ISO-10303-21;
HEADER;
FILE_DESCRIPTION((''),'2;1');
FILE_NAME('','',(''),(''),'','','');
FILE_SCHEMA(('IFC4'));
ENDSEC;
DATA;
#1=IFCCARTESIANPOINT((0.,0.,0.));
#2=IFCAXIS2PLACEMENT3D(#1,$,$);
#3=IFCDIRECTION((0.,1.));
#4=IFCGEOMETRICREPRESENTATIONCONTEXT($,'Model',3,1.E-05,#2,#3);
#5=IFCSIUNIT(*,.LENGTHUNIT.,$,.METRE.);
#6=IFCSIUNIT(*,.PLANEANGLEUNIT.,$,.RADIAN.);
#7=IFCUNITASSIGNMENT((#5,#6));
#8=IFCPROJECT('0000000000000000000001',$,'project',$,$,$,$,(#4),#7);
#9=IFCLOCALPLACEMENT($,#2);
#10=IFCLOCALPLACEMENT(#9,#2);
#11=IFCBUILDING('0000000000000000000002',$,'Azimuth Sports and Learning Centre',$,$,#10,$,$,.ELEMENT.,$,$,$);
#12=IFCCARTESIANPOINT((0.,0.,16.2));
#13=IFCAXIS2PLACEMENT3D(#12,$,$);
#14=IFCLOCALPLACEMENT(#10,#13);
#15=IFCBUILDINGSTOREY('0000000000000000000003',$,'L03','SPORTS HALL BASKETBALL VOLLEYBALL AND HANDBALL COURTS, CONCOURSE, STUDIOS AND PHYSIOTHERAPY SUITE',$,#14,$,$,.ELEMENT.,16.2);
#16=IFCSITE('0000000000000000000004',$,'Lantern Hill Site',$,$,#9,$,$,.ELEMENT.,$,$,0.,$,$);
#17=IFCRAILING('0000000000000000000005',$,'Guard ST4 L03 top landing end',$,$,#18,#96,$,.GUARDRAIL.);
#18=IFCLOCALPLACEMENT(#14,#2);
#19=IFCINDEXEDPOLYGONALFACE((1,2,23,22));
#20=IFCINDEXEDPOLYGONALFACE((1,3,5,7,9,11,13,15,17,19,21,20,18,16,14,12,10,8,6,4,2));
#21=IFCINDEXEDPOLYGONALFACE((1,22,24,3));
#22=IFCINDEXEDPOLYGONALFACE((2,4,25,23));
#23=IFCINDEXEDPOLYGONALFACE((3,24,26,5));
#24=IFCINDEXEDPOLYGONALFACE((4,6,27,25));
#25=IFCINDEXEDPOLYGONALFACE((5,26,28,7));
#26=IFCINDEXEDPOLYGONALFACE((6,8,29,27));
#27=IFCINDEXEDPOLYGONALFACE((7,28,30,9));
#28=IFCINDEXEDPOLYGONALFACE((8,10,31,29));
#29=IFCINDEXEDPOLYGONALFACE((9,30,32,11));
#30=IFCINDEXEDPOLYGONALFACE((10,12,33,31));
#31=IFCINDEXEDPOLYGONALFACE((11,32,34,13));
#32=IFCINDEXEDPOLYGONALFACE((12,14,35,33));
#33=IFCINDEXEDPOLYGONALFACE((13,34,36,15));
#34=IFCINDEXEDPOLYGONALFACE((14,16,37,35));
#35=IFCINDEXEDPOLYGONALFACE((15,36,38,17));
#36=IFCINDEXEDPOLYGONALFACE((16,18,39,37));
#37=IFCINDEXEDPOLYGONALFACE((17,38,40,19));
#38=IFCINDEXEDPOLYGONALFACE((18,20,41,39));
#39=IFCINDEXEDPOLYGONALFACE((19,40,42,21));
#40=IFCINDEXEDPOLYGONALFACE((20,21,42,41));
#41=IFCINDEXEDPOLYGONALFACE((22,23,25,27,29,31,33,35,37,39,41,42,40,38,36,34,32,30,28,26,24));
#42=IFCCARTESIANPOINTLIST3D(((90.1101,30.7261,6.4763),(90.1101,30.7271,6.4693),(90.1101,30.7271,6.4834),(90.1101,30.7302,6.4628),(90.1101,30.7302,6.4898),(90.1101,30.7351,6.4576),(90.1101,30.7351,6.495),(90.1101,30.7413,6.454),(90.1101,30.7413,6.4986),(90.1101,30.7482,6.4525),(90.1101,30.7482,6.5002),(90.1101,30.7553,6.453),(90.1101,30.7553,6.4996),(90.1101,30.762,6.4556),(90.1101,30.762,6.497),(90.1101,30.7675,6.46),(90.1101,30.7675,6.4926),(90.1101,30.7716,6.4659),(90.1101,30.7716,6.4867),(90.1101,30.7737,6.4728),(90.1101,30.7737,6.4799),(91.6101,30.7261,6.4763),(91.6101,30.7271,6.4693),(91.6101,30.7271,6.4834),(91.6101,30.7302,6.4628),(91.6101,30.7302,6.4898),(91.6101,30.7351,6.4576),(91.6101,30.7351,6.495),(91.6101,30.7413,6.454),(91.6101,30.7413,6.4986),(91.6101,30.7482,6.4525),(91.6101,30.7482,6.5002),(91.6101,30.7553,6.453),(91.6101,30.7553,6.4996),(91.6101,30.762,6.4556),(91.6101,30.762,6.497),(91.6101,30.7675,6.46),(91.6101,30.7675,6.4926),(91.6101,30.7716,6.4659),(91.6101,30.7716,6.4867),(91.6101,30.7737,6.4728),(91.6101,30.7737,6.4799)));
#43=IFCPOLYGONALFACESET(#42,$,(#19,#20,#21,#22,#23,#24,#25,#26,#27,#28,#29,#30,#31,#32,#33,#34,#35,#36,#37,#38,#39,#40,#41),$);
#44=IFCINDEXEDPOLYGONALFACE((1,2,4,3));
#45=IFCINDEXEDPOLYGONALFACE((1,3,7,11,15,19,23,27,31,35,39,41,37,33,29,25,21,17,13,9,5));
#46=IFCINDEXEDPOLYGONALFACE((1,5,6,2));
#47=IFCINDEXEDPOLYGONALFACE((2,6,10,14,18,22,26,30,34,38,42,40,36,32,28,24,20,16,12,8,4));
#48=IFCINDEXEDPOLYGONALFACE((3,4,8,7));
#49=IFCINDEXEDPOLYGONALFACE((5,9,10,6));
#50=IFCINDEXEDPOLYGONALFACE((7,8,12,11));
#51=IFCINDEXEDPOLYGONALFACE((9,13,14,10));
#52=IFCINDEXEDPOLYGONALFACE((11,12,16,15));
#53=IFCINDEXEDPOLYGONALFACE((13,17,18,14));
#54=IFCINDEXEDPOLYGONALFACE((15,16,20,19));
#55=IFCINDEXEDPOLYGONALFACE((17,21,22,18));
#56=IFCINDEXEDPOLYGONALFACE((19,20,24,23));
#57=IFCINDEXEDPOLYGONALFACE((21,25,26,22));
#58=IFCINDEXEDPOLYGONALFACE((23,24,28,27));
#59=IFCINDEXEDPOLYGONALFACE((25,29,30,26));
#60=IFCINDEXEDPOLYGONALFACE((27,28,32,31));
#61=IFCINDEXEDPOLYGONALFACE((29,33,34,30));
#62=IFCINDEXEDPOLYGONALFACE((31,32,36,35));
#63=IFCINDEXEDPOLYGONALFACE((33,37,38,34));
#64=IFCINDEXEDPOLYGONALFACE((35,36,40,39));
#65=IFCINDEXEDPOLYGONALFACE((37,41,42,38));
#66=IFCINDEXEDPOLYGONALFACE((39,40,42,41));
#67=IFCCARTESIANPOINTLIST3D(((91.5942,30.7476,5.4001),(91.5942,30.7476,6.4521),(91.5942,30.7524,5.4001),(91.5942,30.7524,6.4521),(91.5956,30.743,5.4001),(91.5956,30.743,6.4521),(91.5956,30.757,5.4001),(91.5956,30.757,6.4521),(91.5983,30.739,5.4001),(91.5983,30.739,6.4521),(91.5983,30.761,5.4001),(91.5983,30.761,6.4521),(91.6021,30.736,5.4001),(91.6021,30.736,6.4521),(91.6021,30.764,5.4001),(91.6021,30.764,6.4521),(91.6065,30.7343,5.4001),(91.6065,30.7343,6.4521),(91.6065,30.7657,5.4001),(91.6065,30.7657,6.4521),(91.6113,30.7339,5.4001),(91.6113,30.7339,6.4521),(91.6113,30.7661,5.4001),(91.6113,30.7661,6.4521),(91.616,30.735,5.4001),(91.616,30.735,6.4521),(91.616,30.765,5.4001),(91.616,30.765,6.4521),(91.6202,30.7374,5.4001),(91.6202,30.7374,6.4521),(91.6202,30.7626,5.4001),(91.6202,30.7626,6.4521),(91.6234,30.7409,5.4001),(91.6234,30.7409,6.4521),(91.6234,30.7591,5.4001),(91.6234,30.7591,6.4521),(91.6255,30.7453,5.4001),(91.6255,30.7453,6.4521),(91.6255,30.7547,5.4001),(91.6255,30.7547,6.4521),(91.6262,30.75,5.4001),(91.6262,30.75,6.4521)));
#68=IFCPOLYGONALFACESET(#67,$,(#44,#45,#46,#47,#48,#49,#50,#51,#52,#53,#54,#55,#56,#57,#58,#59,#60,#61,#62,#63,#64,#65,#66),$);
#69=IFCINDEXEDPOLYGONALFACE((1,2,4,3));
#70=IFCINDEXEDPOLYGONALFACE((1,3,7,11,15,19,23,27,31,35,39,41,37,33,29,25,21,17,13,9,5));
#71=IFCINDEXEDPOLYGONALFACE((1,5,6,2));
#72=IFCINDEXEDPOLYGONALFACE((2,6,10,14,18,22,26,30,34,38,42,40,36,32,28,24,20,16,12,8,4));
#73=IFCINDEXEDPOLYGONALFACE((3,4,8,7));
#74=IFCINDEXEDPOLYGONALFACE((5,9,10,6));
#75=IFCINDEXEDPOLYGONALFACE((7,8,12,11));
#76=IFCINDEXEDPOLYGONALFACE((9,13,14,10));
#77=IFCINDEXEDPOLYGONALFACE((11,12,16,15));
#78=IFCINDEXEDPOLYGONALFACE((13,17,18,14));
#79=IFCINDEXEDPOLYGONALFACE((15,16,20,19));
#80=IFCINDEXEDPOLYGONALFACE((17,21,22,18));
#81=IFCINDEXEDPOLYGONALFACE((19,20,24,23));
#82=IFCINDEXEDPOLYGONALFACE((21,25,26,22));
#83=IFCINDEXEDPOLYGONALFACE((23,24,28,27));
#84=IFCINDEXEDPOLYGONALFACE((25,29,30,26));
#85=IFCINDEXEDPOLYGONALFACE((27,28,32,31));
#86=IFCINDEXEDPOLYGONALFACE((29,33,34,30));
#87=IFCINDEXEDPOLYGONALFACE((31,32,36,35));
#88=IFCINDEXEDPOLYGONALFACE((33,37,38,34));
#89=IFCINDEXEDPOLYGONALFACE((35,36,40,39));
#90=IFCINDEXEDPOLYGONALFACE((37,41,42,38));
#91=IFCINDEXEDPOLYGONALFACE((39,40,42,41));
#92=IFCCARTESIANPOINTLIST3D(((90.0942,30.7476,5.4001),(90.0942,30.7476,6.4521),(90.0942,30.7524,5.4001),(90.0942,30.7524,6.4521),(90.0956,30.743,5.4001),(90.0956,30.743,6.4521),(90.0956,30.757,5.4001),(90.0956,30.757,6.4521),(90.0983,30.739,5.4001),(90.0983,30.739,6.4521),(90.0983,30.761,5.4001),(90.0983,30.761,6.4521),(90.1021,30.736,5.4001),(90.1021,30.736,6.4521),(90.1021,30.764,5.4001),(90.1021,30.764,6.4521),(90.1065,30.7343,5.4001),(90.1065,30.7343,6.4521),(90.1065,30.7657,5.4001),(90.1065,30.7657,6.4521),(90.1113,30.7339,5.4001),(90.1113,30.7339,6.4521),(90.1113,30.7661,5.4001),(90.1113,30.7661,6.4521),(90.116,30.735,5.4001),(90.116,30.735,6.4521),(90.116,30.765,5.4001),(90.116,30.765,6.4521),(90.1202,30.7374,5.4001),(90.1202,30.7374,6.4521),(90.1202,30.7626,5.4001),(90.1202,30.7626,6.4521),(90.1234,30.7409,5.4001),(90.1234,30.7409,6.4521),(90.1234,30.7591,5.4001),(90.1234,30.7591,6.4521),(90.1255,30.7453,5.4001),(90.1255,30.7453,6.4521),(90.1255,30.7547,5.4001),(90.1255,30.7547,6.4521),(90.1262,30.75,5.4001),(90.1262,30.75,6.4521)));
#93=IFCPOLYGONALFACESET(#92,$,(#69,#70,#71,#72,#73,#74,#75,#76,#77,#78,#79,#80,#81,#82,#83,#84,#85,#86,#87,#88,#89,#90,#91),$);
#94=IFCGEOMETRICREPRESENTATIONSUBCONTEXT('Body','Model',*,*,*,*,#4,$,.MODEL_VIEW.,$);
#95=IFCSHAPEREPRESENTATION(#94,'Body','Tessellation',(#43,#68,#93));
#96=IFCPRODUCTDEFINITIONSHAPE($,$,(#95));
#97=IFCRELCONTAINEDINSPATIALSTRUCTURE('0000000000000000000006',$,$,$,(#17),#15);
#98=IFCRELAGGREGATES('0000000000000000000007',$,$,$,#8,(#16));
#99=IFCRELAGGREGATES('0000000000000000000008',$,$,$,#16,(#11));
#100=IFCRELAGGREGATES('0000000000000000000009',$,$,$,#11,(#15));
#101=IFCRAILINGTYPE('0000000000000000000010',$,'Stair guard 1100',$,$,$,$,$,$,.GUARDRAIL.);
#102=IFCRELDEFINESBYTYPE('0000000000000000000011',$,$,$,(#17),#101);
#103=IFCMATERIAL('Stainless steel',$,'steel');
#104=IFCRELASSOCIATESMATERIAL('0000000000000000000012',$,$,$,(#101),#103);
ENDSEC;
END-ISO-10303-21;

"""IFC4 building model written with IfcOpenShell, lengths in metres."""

from ifc_helpers import new_model, si_unit, direction, frame, origin, origin_2d, place, context, subcontext, project, spatial, circle, extrude, material, type_object, element, save


model = new_model("IFC4")

# Units and contexts
model_context = context("Model", 3, precision=1e-05, world=origin(), true_north=direction((0.0, 1.0)))
body_context = subcontext(model_context, "Body", "Model", "MODEL_VIEW")
ifc_project = project(units=[si_unit("LENGTHUNIT", "METRE"), si_unit("PLANEANGLEUNIT", "RADIAN")], contexts=[model_context])

# Site, building, storey
site_placement = place(None, origin())
site = spatial("IfcSite", under=ifc_project, at=site_placement, Name="Lantern Hill Site", CompositionType="ELEMENT", RefElevation=0.0)
building_placement = place(site_placement, origin())
building = spatial("IfcBuilding", under=site, at=building_placement, Name="Azimuth Sports and Learning Centre", CompositionType="ELEMENT")
storey_placement = place(building_placement, frame((0.0, 0.0, 16.2)))
storey = spatial("IfcBuildingStorey", under=building, at=storey_placement, Name="L03", Description="SPORTS HALL BASKETBALL VOLLEYBALL AND HANDBALL COURTS, CONCOURSE, STUDIOS AND PHYSIOTHERAPY SUITE", CompositionType="ELEMENT", Elevation=16.2)

# Railing
ifc_material_1 = material(Name="Stainless steel", Category="steel")
railing_type_1 = type_object("IfcRailingType", Name="Stair guard 1100", PredefinedType="GUARDRAIL", material=ifc_material_1)
railing_1_placement = place(storey_placement, frame((91.6101, 30.75, 5.4001)))
element("IfcRailing", 1, at=railing_1_placement, inside=storey, type_object=railing_type_1, Name="Guard ST4 L03 top landing end", PredefinedType="GUARDRAIL", context=body_context, shape_type="SweptSolid", body=[
    extrude(circle(Radius=0.0239, at=origin_2d()), frame((0.0, 0.0, 1.0762), z_axis=(-1.0, 0.0, 0.0), x_axis=(0.0, -1.0, 0.0)), (0.0, 0.0, 1.0), 1.5),
    extrude(circle(Radius=0.0161, at=origin_2d()), origin(), (0.0, 0.0, 1.0), 1.052),
    extrude(circle(Radius=0.0161, at=origin_2d()), frame((-1.5, 0.0, 0.0)), (0.0, 0.0, 1.0), 1.052),
])

save(model, "model.ifc")
